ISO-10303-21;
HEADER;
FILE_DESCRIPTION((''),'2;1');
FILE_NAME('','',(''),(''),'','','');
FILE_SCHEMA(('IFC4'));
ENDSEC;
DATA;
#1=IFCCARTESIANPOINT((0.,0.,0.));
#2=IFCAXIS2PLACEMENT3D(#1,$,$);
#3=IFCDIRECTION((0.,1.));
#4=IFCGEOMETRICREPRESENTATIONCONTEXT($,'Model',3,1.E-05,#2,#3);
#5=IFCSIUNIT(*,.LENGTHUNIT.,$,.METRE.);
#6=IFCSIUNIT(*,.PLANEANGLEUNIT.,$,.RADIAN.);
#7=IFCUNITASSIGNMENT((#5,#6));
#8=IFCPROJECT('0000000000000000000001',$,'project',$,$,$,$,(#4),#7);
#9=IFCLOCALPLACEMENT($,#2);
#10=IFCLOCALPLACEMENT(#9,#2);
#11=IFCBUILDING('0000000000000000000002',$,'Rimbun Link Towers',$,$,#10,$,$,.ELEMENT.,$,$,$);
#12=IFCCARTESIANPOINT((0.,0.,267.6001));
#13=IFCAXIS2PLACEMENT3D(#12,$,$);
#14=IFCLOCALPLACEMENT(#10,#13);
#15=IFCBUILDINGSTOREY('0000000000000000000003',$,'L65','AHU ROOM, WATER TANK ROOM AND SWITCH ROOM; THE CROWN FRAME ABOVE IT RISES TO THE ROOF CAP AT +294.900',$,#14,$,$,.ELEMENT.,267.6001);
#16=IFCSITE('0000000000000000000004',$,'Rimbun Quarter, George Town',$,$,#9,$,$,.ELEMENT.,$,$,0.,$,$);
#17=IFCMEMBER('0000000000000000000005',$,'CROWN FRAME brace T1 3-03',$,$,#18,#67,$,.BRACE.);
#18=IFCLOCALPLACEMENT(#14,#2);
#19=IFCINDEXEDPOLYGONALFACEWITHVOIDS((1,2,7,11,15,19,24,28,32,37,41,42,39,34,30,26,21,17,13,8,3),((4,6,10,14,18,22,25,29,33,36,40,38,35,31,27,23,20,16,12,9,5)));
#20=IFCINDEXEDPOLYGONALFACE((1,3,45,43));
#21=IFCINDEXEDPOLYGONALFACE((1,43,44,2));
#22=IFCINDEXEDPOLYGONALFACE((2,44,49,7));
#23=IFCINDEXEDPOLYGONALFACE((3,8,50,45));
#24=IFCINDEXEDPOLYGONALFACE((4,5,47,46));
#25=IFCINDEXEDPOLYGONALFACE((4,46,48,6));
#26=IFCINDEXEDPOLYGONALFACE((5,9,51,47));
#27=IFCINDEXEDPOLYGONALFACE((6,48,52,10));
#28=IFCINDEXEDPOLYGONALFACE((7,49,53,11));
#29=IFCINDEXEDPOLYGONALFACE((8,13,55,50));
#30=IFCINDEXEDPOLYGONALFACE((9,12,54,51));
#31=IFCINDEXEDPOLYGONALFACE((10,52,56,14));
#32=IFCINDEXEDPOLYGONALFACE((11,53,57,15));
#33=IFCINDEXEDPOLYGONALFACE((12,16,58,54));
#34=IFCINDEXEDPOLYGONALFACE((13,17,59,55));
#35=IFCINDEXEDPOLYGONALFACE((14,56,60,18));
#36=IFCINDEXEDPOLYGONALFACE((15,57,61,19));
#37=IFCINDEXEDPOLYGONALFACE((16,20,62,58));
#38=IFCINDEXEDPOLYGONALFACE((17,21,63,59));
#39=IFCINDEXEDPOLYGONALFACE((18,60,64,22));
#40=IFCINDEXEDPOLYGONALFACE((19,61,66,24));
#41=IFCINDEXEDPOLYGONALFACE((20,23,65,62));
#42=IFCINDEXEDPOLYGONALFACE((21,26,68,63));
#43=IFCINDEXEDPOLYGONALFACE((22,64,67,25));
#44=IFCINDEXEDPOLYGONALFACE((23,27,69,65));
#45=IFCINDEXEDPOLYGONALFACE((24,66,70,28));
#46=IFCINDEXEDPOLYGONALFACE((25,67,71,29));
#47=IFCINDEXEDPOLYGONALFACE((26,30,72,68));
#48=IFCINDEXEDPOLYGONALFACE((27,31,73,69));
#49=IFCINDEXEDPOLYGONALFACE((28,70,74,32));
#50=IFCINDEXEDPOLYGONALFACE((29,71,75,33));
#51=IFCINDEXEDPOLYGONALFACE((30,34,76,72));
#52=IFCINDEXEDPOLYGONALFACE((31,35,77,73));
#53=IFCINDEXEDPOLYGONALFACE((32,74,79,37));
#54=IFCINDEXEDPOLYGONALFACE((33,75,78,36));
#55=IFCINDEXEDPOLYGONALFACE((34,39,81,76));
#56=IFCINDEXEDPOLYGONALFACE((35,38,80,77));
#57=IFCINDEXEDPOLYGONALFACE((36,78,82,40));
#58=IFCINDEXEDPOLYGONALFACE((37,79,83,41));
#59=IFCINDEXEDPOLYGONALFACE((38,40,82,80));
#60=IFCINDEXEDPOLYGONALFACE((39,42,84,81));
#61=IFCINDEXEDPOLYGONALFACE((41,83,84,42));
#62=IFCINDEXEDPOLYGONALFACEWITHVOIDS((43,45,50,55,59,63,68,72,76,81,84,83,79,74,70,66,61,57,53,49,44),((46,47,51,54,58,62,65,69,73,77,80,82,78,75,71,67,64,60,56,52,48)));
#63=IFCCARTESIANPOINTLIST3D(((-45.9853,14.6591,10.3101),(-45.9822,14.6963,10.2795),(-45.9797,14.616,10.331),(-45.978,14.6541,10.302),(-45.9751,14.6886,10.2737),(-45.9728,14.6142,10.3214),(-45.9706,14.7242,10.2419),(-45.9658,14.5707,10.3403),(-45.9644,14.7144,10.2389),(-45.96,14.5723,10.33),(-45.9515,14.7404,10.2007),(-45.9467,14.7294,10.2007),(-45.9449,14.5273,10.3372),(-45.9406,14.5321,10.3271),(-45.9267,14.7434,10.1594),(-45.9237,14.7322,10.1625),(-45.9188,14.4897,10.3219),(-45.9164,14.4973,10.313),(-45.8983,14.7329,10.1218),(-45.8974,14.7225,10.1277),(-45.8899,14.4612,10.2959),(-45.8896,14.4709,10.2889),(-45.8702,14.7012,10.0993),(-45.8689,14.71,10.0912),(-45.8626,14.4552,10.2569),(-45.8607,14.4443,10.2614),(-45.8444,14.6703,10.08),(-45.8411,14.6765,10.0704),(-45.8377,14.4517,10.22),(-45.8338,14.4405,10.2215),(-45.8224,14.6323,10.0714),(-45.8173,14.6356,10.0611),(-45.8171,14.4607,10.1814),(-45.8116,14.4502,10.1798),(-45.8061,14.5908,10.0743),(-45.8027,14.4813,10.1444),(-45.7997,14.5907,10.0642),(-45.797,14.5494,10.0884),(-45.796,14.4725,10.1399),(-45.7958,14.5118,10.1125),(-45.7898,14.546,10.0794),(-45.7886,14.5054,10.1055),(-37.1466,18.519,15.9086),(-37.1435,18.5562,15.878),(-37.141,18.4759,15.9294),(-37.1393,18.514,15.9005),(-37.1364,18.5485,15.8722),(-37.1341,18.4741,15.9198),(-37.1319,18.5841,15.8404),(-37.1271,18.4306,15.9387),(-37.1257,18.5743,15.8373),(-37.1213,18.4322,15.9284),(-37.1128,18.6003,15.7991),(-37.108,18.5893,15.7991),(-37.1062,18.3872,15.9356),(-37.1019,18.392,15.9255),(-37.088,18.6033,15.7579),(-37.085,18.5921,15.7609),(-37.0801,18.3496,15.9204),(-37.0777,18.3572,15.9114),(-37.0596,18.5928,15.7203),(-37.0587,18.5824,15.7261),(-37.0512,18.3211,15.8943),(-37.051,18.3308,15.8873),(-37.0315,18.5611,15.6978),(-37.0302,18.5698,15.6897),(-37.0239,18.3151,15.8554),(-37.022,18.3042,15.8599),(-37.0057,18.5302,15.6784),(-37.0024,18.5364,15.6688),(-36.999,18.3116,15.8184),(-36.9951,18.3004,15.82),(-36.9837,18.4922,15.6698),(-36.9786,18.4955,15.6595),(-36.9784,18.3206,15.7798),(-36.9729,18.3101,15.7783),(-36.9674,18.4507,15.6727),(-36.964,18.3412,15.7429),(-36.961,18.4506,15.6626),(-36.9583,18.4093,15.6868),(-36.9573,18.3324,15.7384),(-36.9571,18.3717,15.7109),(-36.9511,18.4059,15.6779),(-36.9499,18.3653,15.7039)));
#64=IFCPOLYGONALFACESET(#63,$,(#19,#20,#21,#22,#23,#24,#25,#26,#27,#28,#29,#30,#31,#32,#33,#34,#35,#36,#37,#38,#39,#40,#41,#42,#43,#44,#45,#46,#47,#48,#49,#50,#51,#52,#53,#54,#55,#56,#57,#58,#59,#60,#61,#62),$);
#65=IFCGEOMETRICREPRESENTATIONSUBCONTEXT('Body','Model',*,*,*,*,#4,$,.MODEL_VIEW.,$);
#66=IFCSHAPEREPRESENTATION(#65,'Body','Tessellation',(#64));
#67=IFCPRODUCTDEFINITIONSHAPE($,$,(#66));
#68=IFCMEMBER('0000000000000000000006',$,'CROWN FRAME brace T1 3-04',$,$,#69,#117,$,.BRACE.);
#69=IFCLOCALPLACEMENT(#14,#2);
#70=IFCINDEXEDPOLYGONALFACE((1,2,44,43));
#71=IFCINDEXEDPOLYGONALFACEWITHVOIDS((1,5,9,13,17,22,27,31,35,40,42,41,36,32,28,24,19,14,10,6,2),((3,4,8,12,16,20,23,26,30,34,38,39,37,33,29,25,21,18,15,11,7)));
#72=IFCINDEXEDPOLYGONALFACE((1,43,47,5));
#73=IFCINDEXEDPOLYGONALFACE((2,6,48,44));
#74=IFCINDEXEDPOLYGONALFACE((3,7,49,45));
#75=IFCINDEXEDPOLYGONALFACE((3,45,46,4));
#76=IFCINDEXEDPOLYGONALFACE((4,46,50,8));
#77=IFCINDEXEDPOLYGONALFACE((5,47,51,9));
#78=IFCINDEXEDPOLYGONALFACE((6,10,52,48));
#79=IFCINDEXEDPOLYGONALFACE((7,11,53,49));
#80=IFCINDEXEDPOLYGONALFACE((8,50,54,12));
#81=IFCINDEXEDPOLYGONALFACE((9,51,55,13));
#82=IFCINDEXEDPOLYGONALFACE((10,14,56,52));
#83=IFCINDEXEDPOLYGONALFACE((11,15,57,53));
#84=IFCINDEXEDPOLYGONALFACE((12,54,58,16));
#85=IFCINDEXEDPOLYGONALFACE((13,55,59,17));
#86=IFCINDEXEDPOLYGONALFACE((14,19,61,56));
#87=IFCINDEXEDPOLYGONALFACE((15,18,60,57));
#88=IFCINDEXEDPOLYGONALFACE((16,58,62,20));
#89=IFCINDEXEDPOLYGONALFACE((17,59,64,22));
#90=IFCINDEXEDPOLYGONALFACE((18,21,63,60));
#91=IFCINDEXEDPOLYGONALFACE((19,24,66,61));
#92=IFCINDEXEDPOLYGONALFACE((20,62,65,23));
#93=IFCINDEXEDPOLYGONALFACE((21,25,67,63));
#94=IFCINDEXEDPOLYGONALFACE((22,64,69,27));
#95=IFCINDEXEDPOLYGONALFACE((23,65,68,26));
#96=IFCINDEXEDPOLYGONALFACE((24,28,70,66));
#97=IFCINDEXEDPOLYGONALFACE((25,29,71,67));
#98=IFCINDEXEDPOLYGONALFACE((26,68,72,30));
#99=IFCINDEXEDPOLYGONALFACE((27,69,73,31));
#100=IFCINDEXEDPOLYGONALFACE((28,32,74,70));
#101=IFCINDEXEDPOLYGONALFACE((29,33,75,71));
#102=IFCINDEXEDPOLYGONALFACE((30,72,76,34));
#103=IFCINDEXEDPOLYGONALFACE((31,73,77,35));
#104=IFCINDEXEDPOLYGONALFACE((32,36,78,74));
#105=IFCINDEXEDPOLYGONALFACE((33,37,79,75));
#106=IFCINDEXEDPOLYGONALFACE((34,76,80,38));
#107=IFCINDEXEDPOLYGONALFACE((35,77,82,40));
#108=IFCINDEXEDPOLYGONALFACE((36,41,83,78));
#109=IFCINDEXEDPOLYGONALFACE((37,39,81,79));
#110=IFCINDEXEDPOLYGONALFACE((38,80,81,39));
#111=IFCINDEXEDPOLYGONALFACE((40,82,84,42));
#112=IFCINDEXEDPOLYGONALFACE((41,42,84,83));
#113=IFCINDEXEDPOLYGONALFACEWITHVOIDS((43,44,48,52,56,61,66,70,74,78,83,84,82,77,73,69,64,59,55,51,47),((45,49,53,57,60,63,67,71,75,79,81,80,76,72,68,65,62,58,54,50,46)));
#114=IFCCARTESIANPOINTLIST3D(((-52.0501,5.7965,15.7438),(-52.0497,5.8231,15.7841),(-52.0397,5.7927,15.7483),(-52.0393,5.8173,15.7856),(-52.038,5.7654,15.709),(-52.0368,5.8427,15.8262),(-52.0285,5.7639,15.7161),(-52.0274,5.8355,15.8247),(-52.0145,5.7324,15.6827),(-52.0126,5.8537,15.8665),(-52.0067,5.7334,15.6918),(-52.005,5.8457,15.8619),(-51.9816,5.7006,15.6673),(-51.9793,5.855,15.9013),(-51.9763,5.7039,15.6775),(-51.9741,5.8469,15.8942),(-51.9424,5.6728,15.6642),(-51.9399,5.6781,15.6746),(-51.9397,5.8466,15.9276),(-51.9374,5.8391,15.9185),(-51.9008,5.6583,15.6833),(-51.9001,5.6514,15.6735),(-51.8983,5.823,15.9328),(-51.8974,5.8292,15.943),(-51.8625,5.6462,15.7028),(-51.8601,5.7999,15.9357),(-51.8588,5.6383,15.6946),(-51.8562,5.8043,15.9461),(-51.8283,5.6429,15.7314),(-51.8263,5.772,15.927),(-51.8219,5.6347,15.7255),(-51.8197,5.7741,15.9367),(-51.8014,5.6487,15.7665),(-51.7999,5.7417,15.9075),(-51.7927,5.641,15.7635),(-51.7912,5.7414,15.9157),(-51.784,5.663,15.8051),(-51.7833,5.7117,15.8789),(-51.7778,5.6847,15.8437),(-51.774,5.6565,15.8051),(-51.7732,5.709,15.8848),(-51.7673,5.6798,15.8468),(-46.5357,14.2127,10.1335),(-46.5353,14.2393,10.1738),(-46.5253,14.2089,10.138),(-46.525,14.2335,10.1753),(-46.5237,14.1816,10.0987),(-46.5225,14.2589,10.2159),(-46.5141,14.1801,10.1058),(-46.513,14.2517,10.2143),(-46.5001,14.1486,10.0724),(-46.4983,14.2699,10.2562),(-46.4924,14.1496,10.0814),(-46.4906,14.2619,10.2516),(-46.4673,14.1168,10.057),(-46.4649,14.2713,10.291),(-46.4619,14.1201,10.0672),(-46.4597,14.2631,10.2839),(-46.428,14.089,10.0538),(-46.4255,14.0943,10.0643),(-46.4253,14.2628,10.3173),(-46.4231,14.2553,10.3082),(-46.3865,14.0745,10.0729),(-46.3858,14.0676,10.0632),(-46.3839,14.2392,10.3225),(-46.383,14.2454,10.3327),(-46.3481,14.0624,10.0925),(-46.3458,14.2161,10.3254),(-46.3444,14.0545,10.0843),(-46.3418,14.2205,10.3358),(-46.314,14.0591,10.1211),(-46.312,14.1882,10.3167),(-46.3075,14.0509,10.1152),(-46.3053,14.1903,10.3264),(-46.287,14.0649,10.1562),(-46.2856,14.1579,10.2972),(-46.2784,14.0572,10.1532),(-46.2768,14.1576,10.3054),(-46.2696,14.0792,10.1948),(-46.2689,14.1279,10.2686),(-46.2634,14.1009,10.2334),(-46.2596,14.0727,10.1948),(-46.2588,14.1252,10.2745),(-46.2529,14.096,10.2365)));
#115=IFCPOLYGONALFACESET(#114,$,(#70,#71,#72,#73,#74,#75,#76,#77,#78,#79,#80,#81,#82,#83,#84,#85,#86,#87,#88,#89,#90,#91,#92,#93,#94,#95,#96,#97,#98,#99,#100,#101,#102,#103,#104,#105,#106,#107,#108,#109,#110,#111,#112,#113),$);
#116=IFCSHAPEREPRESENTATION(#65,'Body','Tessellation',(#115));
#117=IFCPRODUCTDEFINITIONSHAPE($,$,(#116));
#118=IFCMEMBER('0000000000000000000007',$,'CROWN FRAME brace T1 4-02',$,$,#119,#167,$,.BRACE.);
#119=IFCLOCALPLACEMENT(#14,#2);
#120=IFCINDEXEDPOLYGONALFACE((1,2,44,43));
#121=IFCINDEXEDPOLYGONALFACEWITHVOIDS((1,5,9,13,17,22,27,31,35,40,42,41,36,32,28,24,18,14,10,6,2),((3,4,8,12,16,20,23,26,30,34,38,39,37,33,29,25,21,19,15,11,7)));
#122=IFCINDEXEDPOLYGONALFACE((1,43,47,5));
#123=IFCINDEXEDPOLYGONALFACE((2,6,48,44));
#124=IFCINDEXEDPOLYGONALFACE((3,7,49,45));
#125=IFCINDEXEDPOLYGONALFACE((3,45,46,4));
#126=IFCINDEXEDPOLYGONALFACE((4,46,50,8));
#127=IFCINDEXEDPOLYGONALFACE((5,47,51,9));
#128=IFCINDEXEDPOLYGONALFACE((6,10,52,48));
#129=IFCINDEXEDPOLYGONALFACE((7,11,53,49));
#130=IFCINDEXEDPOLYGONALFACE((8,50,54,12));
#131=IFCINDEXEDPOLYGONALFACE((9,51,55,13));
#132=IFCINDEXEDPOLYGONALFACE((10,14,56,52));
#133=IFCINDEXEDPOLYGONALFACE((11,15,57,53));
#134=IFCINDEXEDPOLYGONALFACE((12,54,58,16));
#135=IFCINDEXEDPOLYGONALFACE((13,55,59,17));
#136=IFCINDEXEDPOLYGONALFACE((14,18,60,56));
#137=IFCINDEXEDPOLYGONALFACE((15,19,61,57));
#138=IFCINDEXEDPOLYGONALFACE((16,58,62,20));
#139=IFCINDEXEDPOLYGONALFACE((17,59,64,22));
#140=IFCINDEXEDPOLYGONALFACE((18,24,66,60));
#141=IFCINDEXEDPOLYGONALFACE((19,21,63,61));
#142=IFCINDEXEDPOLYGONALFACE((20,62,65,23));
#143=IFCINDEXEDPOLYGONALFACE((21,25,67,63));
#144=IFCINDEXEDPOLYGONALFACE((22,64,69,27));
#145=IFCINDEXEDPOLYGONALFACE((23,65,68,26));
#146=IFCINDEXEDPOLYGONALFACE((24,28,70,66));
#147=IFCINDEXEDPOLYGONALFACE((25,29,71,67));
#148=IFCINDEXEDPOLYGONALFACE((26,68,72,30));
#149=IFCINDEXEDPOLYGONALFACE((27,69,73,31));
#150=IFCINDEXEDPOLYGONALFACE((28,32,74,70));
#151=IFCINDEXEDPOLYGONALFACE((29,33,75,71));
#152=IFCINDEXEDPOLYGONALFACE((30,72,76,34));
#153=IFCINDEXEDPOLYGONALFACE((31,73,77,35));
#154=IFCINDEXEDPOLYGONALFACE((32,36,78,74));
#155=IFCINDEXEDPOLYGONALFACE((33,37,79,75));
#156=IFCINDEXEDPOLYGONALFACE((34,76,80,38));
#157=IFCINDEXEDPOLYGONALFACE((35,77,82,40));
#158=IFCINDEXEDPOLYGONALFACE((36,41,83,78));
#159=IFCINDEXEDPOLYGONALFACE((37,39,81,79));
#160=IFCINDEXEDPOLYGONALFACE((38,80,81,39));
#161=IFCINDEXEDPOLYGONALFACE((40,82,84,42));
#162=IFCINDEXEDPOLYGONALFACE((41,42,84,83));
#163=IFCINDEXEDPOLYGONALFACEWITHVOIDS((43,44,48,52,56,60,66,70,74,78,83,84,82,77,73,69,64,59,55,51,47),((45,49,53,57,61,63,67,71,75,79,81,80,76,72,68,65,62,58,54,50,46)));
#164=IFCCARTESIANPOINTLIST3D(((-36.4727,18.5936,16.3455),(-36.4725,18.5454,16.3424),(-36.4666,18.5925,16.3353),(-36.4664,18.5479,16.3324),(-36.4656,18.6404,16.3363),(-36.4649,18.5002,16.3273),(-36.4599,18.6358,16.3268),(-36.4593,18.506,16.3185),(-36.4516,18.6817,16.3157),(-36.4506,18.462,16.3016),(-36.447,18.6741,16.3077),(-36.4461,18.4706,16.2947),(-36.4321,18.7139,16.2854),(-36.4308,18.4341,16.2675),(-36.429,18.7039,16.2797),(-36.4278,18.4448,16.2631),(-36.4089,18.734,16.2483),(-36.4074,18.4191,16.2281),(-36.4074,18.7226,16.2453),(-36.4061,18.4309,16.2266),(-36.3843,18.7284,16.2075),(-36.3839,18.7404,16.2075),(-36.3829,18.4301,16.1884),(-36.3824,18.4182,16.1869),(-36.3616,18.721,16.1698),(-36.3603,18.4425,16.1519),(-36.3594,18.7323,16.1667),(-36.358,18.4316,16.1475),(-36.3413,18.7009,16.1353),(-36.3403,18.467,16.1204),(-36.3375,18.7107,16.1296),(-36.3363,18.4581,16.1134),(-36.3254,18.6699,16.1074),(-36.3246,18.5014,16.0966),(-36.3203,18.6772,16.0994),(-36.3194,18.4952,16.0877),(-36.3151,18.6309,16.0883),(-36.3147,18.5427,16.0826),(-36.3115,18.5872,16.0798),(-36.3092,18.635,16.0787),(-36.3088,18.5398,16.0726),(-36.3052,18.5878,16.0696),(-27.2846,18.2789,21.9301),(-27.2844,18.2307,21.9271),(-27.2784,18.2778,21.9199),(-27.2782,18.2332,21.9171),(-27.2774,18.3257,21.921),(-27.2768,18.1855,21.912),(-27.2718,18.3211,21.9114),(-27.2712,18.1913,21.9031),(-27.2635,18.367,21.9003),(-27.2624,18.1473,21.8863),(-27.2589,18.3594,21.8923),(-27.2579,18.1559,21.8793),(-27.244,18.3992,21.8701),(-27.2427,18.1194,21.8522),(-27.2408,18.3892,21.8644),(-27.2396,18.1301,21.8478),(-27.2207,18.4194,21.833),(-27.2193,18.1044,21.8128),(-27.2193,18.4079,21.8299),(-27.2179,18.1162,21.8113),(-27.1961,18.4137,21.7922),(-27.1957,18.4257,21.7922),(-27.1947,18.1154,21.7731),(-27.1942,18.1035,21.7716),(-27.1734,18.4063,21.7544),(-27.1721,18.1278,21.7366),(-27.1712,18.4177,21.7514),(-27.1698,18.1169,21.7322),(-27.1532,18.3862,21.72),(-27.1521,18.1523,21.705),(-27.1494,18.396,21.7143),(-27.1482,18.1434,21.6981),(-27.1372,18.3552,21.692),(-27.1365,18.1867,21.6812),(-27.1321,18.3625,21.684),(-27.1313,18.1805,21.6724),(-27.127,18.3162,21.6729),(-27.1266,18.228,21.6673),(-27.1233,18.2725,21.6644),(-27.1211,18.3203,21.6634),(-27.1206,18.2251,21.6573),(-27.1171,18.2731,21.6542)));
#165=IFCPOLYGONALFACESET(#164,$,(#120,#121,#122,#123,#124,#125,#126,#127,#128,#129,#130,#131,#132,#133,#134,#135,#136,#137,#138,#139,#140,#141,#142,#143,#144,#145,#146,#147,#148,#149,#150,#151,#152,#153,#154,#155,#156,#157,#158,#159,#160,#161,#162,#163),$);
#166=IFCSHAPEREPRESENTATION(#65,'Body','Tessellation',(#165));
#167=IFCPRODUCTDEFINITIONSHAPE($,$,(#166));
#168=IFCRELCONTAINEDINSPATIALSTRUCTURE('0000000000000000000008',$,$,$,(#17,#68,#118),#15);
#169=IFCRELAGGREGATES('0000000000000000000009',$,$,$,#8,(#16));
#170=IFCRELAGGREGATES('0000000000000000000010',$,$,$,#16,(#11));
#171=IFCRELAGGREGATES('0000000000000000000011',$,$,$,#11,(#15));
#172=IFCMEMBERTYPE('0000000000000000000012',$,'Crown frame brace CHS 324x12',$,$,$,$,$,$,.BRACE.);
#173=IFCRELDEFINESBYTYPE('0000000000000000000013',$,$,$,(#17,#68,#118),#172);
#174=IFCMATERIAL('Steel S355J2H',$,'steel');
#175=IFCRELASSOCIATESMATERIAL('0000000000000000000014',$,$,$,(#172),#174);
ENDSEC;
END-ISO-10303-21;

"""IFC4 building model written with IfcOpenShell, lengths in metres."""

from ifc_helpers import new_model, si_unit, direction, frame, origin, origin_2d, place, context, subcontext, project, spatial, hollow_circle, extrude, material, material_profile, profile_set, type_object, element, save


model = new_model("IFC4")

# Units and contexts
model_context = context("Model", 3, precision=1e-05, world=origin(), true_north=direction((0.0, 1.0)))
body_context = subcontext(model_context, "Body", "Model", "MODEL_VIEW")
ifc_project = project(units=[si_unit("LENGTHUNIT", "METRE"), si_unit("PLANEANGLEUNIT", "RADIAN")], contexts=[model_context])

# Site, building, storey
site_placement = place(None, origin())
site = spatial("IfcSite", under=ifc_project, at=site_placement, Name="Rimbun Quarter, George Town", CompositionType="ELEMENT", RefElevation=0.0)
building_placement = place(site_placement, origin())
building = spatial("IfcBuilding", under=site, at=building_placement, Name="Rimbun Link Towers", CompositionType="ELEMENT")
storey_placement = place(building_placement, frame((0.0, 0.0, 267.6001)))
storey = spatial("IfcBuildingStorey", under=building, at=storey_placement, Name="L65", Description="AHU ROOM, WATER TANK ROOM AND SWITCH ROOM; THE CROWN FRAME ABOVE IT RISES TO THE ROOF CAP AT +294.900", CompositionType="ELEMENT", Elevation=267.6001)

# Members
ifc_material_1 = material(Name="Steel S355J2H", Category="steel")
ifc_material_profile_1 = material_profile(ifc_material_1, hollow_circle(Radius=0.1619, WallThickness=0.012, at=origin_2d()), Name="Crown frame brace CHS 324x12")
ifc_profile_set_1 = profile_set([ifc_material_profile_1], Name="Steel S355J2H")
member_type_1 = type_object("IfcMemberType", Name="Crown frame brace CHS 324x12", PredefinedType="BRACE", material=ifc_profile_set_1)
member_1_placement = place(storey_placement, frame((-45.8867, 14.592, 10.2007), z_axis=(0.792576, 0.346121, 0.502018), x_axis=(-0.400207, 0.916425, 0.0)))
element("IfcMember", 1, at=member_1_placement, inside=storey, type_object=member_type_1, Name="CROWN FRAME brace T1 3-03", PredefinedType="BRACE", context=body_context, shape_type="SweptSolid", body=[
    extrude(hollow_circle(Radius=0.1619, WallThickness=0.012, at=origin_2d()), origin(), (0.0, 0.0, 1.0), 11.1519),
])
member_2_placement = place(storey_placement, frame((-46.395, 14.1614, 10.1948), z_axis=(-0.478667, -0.730557, 0.486996), x_axis=(0.836447, -0.548047, 0.0)))
element("IfcMember", 2, at=member_2_placement, inside=storey, type_object=member_type_1, Name="CROWN FRAME brace T1 3-04", PredefinedType="BRACE", context=body_context, shape_type="SweptSolid", body=[
    extrude(hollow_circle(Radius=0.1619, WallThickness=0.012, at=origin_2d()), origin(), (0.0, 0.0, 1.0), 11.5203),
])
member_3_placement = place(storey_placement, frame((-36.3894, 18.5786, 16.2075), z_axis=(0.854168, -0.029255, 0.519173), x_axis=(0.03423, 0.999414, 0.0)))
element("IfcMember", 3, at=member_3_placement, inside=storey, type_object=member_type_1, Name="CROWN FRAME brace T1 4-02", PredefinedType="BRACE", context=body_context, shape_type="SweptSolid", body=[
    extrude(hollow_circle(Radius=0.1619, WallThickness=0.012, at=origin_2d()), origin(), (0.0, 0.0, 1.0), 10.7568),
])

save(model, "model.ifc")
